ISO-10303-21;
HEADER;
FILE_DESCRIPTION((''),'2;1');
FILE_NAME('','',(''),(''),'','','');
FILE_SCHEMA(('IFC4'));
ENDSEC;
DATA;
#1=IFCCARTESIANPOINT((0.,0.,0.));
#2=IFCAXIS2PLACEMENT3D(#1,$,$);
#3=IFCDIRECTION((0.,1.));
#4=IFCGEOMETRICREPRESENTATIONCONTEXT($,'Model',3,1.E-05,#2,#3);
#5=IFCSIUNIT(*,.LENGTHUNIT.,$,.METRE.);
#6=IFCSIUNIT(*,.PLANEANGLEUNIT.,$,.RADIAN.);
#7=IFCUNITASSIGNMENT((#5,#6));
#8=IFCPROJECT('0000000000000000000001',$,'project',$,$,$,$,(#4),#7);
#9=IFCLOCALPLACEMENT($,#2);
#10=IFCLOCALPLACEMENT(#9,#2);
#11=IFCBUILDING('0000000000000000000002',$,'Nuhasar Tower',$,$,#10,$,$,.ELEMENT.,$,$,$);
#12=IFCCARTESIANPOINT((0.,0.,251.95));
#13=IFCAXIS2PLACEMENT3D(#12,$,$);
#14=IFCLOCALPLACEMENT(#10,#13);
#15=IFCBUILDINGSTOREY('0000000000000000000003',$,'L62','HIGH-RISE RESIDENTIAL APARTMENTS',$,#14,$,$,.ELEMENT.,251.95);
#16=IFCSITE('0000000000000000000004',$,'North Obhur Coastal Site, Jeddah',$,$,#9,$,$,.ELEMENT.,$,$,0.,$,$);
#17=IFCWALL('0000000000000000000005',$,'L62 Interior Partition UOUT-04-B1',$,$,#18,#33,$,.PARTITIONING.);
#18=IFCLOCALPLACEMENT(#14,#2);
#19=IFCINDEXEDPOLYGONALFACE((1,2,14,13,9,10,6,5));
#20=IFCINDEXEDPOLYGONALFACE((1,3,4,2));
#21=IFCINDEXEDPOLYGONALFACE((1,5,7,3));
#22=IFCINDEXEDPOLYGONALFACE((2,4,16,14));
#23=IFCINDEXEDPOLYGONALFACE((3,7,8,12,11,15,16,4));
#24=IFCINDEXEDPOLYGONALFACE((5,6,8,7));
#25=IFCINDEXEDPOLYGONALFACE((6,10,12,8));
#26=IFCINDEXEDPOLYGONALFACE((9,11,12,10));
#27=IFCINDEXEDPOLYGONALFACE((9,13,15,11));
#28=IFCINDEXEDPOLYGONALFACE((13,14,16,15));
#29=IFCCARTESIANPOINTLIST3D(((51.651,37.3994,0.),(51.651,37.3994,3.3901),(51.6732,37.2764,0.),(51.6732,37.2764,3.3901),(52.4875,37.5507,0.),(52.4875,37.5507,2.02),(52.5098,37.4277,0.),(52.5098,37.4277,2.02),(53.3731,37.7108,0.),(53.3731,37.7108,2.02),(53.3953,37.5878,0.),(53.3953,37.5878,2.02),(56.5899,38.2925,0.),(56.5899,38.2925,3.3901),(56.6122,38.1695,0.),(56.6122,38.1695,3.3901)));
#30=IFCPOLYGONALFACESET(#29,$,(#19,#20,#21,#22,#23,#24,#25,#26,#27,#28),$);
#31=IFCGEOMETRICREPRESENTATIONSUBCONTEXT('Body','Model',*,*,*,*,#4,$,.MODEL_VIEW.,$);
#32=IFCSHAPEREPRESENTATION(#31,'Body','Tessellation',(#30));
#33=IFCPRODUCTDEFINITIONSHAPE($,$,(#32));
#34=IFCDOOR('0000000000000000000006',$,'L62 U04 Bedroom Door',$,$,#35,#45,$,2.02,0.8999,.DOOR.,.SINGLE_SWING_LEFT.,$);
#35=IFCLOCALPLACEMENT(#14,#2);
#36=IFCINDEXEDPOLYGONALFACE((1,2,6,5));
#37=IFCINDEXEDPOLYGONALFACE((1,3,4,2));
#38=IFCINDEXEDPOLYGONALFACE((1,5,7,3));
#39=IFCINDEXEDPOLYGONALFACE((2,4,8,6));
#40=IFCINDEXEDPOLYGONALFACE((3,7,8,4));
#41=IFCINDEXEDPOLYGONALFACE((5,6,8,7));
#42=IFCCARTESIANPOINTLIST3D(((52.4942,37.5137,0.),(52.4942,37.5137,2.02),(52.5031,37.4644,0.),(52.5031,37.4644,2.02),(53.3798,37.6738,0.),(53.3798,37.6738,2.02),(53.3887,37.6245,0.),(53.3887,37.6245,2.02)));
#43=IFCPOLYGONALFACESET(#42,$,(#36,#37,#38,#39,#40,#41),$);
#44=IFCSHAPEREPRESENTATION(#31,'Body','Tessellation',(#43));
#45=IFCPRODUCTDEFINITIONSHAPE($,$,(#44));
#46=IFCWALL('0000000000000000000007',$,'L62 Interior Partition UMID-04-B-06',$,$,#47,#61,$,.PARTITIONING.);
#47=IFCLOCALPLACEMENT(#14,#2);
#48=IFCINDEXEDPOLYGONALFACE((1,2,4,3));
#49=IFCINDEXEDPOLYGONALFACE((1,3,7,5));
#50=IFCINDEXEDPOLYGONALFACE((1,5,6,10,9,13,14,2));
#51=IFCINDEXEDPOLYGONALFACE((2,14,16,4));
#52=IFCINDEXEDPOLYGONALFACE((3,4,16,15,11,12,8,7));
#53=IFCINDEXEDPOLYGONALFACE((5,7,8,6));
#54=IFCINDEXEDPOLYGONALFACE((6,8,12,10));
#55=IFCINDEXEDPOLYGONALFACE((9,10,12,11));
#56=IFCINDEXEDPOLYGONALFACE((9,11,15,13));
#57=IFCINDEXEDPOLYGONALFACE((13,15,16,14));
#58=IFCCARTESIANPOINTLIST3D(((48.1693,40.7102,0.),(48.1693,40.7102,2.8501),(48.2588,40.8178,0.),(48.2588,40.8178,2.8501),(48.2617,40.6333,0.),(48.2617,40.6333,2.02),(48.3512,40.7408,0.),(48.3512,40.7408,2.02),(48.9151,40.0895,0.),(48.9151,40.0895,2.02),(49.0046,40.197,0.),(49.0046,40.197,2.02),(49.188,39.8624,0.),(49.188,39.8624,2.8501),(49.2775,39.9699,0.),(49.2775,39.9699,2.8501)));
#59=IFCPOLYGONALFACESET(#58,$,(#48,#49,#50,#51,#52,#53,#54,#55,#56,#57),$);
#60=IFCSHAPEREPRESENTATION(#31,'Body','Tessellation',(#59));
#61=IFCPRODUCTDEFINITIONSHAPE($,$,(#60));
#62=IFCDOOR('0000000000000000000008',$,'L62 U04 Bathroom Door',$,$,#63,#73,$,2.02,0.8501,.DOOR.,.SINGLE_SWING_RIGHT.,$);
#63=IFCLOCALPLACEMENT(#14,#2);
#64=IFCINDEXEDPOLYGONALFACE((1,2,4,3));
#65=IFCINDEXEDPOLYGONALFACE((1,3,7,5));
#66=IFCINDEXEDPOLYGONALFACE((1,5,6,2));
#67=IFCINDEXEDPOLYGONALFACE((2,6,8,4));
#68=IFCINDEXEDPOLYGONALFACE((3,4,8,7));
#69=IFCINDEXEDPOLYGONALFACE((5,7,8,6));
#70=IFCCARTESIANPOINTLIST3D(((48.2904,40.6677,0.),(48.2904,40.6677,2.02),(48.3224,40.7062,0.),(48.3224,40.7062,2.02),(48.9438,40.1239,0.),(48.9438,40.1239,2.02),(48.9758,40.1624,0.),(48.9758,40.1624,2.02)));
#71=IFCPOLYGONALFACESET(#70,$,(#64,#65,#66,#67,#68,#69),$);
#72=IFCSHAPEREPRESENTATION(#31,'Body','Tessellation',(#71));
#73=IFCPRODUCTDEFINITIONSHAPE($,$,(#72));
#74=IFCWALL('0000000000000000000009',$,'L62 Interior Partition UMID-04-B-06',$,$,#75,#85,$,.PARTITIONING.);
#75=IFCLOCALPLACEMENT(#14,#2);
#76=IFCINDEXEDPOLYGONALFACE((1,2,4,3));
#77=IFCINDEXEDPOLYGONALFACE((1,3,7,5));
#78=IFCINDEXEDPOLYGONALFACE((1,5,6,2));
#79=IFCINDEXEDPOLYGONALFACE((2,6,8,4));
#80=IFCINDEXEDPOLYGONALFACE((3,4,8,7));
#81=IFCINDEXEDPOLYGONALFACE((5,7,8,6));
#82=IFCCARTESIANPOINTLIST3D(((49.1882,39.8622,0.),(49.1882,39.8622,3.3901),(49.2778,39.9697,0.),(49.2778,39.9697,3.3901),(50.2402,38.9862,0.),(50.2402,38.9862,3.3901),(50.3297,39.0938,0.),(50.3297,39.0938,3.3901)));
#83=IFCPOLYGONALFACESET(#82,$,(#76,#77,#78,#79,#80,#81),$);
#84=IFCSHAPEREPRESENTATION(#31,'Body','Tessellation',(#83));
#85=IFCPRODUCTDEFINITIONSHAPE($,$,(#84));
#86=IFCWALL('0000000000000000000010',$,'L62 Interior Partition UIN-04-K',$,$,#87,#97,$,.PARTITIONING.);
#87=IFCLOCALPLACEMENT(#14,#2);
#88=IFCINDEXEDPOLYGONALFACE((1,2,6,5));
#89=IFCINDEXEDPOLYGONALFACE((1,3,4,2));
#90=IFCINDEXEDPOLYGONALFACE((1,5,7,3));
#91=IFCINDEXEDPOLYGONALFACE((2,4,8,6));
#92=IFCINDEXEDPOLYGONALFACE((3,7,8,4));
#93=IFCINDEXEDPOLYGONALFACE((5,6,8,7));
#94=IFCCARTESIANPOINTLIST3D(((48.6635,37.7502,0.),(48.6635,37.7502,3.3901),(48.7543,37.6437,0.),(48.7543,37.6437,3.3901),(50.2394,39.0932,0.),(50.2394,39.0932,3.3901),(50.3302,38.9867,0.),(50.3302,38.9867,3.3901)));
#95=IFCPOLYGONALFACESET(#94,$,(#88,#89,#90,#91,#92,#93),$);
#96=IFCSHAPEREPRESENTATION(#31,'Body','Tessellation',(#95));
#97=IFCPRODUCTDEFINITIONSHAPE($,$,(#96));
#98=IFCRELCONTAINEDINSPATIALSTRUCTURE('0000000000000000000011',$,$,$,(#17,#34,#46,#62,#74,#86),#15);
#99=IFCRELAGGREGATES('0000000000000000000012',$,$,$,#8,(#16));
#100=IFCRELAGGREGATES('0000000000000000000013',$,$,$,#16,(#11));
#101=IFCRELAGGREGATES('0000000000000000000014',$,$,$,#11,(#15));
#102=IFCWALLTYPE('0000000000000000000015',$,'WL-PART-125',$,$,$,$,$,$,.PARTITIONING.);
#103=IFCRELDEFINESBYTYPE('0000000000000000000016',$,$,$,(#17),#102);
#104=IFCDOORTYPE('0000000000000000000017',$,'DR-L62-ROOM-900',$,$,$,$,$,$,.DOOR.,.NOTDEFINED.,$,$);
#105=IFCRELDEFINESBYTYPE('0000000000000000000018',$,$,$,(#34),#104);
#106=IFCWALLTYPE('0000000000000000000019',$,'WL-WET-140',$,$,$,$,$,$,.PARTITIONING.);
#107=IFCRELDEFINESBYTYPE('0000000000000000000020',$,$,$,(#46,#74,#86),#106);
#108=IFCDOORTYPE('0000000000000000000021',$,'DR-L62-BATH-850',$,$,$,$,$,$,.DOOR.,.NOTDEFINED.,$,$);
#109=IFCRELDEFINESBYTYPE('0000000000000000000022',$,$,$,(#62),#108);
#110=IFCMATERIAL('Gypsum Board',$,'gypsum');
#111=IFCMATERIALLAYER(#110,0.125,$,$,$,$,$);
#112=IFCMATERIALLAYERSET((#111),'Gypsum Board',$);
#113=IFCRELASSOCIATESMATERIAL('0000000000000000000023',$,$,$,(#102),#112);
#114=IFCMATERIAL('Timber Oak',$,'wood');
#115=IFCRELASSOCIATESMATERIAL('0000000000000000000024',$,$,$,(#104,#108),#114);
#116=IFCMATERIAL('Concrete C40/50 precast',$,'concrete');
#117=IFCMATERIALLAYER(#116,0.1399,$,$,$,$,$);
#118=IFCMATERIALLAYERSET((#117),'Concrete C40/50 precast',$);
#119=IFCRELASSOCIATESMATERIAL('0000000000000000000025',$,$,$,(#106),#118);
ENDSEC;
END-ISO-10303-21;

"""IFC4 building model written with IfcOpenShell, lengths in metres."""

from ifc_helpers import new_model, si_unit, direction, frame, frame_2d, origin, place, context, subcontext, project, spatial, rectangle, extrude, material, layer, layer_set, type_object, element, fill, save


model = new_model("IFC4")

# Units and contexts
model_context = context("Model", 3, precision=1e-05, world=origin(), true_north=direction((0.0, 1.0)))
body_context = subcontext(model_context, "Body", "Model", "MODEL_VIEW")
ifc_project = project(units=[si_unit("LENGTHUNIT", "METRE"), si_unit("PLANEANGLEUNIT", "RADIAN")], contexts=[model_context])

# Site, building, storey
site_placement = place(None, origin())
site = spatial("IfcSite", under=ifc_project, at=site_placement, Name="North Obhur Coastal Site, Jeddah", CompositionType="ELEMENT", RefElevation=0.0)
building_placement = place(site_placement, origin())
building = spatial("IfcBuilding", under=site, at=building_placement, Name="Nuhasar Tower", CompositionType="ELEMENT")
storey_placement = place(building_placement, frame((0.0, 0.0, 251.95)))
storey = spatial("IfcBuildingStorey", under=building, at=storey_placement, Name="L62", Description="HIGH-RISE RESIDENTIAL APARTMENTS", CompositionType="ELEMENT", Elevation=251.95)

# Shared definitions
ifc_material_1 = material(Name="Gypsum Board", Category="gypsum")

# Walls, openings, doors
ifc_layer_1 = layer(ifc_material_1, 0.125)
ifc_layer_set_1 = layer_set([ifc_layer_1], Name="Gypsum Board")
wall_type_1 = type_object("IfcWallType", Name="WL-PART-125", PredefinedType="PARTITIONING", material=ifc_layer_set_1)
wall_1_placement = place(storey_placement, frame((51.6621, 37.3379, 0.0), z_axis=(0.0, 0.0, 1.0), x_axis=(0.984042, 0.177935, 0.0)))
wall_1 = element("IfcWall", 1, at=wall_1_placement, inside=storey, type_object=wall_type_1, Name="L62 Interior Partition UOUT-04-B1", PredefinedType="PARTITIONING", context=body_context, shape_type="SweptSolid", body=[
    extrude(rectangle(XDim=5.019, YDim=0.125, at=frame_2d((2.5095, 0.0))), origin(), (0.0, 0.0, 1.0), 3.3901),
])
opening_1_placement = place(wall_1_placement, frame((0.8501, 0.0, 0.0)))
opening_1 = element("IfcOpeningElement", 2, at=opening_1_placement, cuts=wall_1, PredefinedType="OPENING", context=body_context, shape_type="SweptSolid", body=[
    extrude(rectangle(XDim=0.8999, YDim=2.02, at=frame_2d((0.45, 1.01))), frame((0.0, 0.0725, 0.0), z_axis=(0.0, -1.0, 0.0), x_axis=(1.0, 0.0, 0.0)), (0.0, 0.0, 1.0), 0.145),
])
ifc_material_2 = material(Name="Timber Oak", Category="wood")
door_type_1 = type_object("IfcDoorType", Name="DR-L62-ROOM-900", OperationType="NOTDEFINED", PredefinedType="DOOR", material=ifc_material_2)
door_1_placement = place(opening_1_placement, origin())
door_1 = element("IfcDoor", 3, at=door_1_placement, inside=storey, type_object=door_type_1, Name="L62 U04 Bedroom Door", OperationType="SINGLE_SWING_LEFT", OverallHeight=2.02, OverallWidth=0.8999, PredefinedType="DOOR", context=body_context, shape_type="SweptSolid", body=[
    extrude(rectangle(XDim=0.8999, YDim=2.02, at=frame_2d((0.45, 1.01))), frame((0.0, 0.0249, 0.0), z_axis=(0.0, -1.0, 0.0), x_axis=(1.0, 0.0, 0.0)), (0.0, 0.0, 1.0), 0.05),
])
fill(opening_1, door_1)
ifc_material_3 = material(Name="Concrete C40/50 precast", Category="concrete")
ifc_layer_2 = layer(ifc_material_3, 0.1399)
ifc_layer_set_2 = layer_set([ifc_layer_2], Name="Concrete C40/50 precast")
wall_type_2 = type_object("IfcWallType", Name="WL-WET-140", PredefinedType="PARTITIONING", material=ifc_layer_set_2)
wall_2_placement = place(storey_placement, frame((48.2141, 40.7639, 0.0), z_axis=(0.0, 0.0, 1.0), x_axis=(0.768629, -0.639695, 0.0)))
wall_2 = element("IfcWall", 4, at=wall_2_placement, inside=storey, type_object=wall_type_2, Name="L62 Interior Partition UMID-04-B-06", PredefinedType="PARTITIONING", context=body_context, shape_type="SweptSolid", body=[
    extrude(rectangle(XDim=1.3254, YDim=0.1399, at=frame_2d((0.6626, 0.0))), origin(), (0.0, 0.0, 1.0), 2.8501),
])
opening_2_placement = place(wall_2_placement, frame((0.1201, 0.0, 0.0)))
opening_2 = element("IfcOpeningElement", 5, at=opening_2_placement, cuts=wall_2, PredefinedType="OPENING", context=body_context, shape_type="SweptSolid", body=[
    extrude(rectangle(XDim=0.8501, YDim=2.02, at=frame_2d((0.425, 1.01))), frame((0.0, 0.0801, 0.0), z_axis=(0.0, -1.0, 0.0), x_axis=(1.0, 0.0, 0.0)), (0.0, 0.0, 1.0), 0.1599),
])
door_type_2 = type_object("IfcDoorType", Name="DR-L62-BATH-850", OperationType="NOTDEFINED", PredefinedType="DOOR", material=ifc_material_2)
door_2_placement = place(opening_2_placement, origin())
door_2 = element("IfcDoor", 6, at=door_2_placement, inside=storey, type_object=door_type_2, Name="L62 U04 Bathroom Door", OperationType="SINGLE_SWING_RIGHT", OverallHeight=2.02, OverallWidth=0.8501, PredefinedType="DOOR", context=body_context, shape_type="SweptSolid", body=[
    extrude(rectangle(XDim=0.8501, YDim=2.02, at=frame_2d((0.425, 1.01))), frame((0.0, 0.0249, 0.0), z_axis=(0.0, -1.0, 0.0), x_axis=(1.0, 0.0, 0.0)), (0.0, 0.0, 1.0), 0.05),
])
fill(opening_2, door_2)

# Walls
wall_3_placement = place(storey_placement, frame((49.2329, 39.916, 0.0), z_axis=(0.0, 0.0, 1.0), x_axis=(0.76847, -0.639886, 0.0)))
element("IfcWall", 7, at=wall_3_placement, inside=storey, type_object=wall_type_2, Name="L62 Interior Partition UMID-04-B-06", PredefinedType="PARTITIONING", context=body_context, shape_type="SweptSolid", body=[
    extrude(rectangle(XDim=1.3689, YDim=0.1399, at=frame_2d((0.6846, 0.0))), origin(), (0.0, 0.0, 1.0), 3.3901),
])
wall_4_placement = place(storey_placement, frame((48.709, 37.697, 0.0), z_axis=(0.0, 0.0, 1.0), x_axis=(0.76111, 0.648623, 0.0)))
element("IfcWall", 8, at=wall_4_placement, inside=storey, type_object=wall_type_2, Name="L62 Interior Partition UIN-04-K", PredefinedType="PARTITIONING", context=body_context, shape_type="SweptSolid", body=[
    extrude(rectangle(XDim=2.0706, YDim=0.1399, at=frame_2d((1.0352, 0.0))), origin(), (0.0, 0.0, 1.0), 3.3901),
])

save(model, "model.ifc")
